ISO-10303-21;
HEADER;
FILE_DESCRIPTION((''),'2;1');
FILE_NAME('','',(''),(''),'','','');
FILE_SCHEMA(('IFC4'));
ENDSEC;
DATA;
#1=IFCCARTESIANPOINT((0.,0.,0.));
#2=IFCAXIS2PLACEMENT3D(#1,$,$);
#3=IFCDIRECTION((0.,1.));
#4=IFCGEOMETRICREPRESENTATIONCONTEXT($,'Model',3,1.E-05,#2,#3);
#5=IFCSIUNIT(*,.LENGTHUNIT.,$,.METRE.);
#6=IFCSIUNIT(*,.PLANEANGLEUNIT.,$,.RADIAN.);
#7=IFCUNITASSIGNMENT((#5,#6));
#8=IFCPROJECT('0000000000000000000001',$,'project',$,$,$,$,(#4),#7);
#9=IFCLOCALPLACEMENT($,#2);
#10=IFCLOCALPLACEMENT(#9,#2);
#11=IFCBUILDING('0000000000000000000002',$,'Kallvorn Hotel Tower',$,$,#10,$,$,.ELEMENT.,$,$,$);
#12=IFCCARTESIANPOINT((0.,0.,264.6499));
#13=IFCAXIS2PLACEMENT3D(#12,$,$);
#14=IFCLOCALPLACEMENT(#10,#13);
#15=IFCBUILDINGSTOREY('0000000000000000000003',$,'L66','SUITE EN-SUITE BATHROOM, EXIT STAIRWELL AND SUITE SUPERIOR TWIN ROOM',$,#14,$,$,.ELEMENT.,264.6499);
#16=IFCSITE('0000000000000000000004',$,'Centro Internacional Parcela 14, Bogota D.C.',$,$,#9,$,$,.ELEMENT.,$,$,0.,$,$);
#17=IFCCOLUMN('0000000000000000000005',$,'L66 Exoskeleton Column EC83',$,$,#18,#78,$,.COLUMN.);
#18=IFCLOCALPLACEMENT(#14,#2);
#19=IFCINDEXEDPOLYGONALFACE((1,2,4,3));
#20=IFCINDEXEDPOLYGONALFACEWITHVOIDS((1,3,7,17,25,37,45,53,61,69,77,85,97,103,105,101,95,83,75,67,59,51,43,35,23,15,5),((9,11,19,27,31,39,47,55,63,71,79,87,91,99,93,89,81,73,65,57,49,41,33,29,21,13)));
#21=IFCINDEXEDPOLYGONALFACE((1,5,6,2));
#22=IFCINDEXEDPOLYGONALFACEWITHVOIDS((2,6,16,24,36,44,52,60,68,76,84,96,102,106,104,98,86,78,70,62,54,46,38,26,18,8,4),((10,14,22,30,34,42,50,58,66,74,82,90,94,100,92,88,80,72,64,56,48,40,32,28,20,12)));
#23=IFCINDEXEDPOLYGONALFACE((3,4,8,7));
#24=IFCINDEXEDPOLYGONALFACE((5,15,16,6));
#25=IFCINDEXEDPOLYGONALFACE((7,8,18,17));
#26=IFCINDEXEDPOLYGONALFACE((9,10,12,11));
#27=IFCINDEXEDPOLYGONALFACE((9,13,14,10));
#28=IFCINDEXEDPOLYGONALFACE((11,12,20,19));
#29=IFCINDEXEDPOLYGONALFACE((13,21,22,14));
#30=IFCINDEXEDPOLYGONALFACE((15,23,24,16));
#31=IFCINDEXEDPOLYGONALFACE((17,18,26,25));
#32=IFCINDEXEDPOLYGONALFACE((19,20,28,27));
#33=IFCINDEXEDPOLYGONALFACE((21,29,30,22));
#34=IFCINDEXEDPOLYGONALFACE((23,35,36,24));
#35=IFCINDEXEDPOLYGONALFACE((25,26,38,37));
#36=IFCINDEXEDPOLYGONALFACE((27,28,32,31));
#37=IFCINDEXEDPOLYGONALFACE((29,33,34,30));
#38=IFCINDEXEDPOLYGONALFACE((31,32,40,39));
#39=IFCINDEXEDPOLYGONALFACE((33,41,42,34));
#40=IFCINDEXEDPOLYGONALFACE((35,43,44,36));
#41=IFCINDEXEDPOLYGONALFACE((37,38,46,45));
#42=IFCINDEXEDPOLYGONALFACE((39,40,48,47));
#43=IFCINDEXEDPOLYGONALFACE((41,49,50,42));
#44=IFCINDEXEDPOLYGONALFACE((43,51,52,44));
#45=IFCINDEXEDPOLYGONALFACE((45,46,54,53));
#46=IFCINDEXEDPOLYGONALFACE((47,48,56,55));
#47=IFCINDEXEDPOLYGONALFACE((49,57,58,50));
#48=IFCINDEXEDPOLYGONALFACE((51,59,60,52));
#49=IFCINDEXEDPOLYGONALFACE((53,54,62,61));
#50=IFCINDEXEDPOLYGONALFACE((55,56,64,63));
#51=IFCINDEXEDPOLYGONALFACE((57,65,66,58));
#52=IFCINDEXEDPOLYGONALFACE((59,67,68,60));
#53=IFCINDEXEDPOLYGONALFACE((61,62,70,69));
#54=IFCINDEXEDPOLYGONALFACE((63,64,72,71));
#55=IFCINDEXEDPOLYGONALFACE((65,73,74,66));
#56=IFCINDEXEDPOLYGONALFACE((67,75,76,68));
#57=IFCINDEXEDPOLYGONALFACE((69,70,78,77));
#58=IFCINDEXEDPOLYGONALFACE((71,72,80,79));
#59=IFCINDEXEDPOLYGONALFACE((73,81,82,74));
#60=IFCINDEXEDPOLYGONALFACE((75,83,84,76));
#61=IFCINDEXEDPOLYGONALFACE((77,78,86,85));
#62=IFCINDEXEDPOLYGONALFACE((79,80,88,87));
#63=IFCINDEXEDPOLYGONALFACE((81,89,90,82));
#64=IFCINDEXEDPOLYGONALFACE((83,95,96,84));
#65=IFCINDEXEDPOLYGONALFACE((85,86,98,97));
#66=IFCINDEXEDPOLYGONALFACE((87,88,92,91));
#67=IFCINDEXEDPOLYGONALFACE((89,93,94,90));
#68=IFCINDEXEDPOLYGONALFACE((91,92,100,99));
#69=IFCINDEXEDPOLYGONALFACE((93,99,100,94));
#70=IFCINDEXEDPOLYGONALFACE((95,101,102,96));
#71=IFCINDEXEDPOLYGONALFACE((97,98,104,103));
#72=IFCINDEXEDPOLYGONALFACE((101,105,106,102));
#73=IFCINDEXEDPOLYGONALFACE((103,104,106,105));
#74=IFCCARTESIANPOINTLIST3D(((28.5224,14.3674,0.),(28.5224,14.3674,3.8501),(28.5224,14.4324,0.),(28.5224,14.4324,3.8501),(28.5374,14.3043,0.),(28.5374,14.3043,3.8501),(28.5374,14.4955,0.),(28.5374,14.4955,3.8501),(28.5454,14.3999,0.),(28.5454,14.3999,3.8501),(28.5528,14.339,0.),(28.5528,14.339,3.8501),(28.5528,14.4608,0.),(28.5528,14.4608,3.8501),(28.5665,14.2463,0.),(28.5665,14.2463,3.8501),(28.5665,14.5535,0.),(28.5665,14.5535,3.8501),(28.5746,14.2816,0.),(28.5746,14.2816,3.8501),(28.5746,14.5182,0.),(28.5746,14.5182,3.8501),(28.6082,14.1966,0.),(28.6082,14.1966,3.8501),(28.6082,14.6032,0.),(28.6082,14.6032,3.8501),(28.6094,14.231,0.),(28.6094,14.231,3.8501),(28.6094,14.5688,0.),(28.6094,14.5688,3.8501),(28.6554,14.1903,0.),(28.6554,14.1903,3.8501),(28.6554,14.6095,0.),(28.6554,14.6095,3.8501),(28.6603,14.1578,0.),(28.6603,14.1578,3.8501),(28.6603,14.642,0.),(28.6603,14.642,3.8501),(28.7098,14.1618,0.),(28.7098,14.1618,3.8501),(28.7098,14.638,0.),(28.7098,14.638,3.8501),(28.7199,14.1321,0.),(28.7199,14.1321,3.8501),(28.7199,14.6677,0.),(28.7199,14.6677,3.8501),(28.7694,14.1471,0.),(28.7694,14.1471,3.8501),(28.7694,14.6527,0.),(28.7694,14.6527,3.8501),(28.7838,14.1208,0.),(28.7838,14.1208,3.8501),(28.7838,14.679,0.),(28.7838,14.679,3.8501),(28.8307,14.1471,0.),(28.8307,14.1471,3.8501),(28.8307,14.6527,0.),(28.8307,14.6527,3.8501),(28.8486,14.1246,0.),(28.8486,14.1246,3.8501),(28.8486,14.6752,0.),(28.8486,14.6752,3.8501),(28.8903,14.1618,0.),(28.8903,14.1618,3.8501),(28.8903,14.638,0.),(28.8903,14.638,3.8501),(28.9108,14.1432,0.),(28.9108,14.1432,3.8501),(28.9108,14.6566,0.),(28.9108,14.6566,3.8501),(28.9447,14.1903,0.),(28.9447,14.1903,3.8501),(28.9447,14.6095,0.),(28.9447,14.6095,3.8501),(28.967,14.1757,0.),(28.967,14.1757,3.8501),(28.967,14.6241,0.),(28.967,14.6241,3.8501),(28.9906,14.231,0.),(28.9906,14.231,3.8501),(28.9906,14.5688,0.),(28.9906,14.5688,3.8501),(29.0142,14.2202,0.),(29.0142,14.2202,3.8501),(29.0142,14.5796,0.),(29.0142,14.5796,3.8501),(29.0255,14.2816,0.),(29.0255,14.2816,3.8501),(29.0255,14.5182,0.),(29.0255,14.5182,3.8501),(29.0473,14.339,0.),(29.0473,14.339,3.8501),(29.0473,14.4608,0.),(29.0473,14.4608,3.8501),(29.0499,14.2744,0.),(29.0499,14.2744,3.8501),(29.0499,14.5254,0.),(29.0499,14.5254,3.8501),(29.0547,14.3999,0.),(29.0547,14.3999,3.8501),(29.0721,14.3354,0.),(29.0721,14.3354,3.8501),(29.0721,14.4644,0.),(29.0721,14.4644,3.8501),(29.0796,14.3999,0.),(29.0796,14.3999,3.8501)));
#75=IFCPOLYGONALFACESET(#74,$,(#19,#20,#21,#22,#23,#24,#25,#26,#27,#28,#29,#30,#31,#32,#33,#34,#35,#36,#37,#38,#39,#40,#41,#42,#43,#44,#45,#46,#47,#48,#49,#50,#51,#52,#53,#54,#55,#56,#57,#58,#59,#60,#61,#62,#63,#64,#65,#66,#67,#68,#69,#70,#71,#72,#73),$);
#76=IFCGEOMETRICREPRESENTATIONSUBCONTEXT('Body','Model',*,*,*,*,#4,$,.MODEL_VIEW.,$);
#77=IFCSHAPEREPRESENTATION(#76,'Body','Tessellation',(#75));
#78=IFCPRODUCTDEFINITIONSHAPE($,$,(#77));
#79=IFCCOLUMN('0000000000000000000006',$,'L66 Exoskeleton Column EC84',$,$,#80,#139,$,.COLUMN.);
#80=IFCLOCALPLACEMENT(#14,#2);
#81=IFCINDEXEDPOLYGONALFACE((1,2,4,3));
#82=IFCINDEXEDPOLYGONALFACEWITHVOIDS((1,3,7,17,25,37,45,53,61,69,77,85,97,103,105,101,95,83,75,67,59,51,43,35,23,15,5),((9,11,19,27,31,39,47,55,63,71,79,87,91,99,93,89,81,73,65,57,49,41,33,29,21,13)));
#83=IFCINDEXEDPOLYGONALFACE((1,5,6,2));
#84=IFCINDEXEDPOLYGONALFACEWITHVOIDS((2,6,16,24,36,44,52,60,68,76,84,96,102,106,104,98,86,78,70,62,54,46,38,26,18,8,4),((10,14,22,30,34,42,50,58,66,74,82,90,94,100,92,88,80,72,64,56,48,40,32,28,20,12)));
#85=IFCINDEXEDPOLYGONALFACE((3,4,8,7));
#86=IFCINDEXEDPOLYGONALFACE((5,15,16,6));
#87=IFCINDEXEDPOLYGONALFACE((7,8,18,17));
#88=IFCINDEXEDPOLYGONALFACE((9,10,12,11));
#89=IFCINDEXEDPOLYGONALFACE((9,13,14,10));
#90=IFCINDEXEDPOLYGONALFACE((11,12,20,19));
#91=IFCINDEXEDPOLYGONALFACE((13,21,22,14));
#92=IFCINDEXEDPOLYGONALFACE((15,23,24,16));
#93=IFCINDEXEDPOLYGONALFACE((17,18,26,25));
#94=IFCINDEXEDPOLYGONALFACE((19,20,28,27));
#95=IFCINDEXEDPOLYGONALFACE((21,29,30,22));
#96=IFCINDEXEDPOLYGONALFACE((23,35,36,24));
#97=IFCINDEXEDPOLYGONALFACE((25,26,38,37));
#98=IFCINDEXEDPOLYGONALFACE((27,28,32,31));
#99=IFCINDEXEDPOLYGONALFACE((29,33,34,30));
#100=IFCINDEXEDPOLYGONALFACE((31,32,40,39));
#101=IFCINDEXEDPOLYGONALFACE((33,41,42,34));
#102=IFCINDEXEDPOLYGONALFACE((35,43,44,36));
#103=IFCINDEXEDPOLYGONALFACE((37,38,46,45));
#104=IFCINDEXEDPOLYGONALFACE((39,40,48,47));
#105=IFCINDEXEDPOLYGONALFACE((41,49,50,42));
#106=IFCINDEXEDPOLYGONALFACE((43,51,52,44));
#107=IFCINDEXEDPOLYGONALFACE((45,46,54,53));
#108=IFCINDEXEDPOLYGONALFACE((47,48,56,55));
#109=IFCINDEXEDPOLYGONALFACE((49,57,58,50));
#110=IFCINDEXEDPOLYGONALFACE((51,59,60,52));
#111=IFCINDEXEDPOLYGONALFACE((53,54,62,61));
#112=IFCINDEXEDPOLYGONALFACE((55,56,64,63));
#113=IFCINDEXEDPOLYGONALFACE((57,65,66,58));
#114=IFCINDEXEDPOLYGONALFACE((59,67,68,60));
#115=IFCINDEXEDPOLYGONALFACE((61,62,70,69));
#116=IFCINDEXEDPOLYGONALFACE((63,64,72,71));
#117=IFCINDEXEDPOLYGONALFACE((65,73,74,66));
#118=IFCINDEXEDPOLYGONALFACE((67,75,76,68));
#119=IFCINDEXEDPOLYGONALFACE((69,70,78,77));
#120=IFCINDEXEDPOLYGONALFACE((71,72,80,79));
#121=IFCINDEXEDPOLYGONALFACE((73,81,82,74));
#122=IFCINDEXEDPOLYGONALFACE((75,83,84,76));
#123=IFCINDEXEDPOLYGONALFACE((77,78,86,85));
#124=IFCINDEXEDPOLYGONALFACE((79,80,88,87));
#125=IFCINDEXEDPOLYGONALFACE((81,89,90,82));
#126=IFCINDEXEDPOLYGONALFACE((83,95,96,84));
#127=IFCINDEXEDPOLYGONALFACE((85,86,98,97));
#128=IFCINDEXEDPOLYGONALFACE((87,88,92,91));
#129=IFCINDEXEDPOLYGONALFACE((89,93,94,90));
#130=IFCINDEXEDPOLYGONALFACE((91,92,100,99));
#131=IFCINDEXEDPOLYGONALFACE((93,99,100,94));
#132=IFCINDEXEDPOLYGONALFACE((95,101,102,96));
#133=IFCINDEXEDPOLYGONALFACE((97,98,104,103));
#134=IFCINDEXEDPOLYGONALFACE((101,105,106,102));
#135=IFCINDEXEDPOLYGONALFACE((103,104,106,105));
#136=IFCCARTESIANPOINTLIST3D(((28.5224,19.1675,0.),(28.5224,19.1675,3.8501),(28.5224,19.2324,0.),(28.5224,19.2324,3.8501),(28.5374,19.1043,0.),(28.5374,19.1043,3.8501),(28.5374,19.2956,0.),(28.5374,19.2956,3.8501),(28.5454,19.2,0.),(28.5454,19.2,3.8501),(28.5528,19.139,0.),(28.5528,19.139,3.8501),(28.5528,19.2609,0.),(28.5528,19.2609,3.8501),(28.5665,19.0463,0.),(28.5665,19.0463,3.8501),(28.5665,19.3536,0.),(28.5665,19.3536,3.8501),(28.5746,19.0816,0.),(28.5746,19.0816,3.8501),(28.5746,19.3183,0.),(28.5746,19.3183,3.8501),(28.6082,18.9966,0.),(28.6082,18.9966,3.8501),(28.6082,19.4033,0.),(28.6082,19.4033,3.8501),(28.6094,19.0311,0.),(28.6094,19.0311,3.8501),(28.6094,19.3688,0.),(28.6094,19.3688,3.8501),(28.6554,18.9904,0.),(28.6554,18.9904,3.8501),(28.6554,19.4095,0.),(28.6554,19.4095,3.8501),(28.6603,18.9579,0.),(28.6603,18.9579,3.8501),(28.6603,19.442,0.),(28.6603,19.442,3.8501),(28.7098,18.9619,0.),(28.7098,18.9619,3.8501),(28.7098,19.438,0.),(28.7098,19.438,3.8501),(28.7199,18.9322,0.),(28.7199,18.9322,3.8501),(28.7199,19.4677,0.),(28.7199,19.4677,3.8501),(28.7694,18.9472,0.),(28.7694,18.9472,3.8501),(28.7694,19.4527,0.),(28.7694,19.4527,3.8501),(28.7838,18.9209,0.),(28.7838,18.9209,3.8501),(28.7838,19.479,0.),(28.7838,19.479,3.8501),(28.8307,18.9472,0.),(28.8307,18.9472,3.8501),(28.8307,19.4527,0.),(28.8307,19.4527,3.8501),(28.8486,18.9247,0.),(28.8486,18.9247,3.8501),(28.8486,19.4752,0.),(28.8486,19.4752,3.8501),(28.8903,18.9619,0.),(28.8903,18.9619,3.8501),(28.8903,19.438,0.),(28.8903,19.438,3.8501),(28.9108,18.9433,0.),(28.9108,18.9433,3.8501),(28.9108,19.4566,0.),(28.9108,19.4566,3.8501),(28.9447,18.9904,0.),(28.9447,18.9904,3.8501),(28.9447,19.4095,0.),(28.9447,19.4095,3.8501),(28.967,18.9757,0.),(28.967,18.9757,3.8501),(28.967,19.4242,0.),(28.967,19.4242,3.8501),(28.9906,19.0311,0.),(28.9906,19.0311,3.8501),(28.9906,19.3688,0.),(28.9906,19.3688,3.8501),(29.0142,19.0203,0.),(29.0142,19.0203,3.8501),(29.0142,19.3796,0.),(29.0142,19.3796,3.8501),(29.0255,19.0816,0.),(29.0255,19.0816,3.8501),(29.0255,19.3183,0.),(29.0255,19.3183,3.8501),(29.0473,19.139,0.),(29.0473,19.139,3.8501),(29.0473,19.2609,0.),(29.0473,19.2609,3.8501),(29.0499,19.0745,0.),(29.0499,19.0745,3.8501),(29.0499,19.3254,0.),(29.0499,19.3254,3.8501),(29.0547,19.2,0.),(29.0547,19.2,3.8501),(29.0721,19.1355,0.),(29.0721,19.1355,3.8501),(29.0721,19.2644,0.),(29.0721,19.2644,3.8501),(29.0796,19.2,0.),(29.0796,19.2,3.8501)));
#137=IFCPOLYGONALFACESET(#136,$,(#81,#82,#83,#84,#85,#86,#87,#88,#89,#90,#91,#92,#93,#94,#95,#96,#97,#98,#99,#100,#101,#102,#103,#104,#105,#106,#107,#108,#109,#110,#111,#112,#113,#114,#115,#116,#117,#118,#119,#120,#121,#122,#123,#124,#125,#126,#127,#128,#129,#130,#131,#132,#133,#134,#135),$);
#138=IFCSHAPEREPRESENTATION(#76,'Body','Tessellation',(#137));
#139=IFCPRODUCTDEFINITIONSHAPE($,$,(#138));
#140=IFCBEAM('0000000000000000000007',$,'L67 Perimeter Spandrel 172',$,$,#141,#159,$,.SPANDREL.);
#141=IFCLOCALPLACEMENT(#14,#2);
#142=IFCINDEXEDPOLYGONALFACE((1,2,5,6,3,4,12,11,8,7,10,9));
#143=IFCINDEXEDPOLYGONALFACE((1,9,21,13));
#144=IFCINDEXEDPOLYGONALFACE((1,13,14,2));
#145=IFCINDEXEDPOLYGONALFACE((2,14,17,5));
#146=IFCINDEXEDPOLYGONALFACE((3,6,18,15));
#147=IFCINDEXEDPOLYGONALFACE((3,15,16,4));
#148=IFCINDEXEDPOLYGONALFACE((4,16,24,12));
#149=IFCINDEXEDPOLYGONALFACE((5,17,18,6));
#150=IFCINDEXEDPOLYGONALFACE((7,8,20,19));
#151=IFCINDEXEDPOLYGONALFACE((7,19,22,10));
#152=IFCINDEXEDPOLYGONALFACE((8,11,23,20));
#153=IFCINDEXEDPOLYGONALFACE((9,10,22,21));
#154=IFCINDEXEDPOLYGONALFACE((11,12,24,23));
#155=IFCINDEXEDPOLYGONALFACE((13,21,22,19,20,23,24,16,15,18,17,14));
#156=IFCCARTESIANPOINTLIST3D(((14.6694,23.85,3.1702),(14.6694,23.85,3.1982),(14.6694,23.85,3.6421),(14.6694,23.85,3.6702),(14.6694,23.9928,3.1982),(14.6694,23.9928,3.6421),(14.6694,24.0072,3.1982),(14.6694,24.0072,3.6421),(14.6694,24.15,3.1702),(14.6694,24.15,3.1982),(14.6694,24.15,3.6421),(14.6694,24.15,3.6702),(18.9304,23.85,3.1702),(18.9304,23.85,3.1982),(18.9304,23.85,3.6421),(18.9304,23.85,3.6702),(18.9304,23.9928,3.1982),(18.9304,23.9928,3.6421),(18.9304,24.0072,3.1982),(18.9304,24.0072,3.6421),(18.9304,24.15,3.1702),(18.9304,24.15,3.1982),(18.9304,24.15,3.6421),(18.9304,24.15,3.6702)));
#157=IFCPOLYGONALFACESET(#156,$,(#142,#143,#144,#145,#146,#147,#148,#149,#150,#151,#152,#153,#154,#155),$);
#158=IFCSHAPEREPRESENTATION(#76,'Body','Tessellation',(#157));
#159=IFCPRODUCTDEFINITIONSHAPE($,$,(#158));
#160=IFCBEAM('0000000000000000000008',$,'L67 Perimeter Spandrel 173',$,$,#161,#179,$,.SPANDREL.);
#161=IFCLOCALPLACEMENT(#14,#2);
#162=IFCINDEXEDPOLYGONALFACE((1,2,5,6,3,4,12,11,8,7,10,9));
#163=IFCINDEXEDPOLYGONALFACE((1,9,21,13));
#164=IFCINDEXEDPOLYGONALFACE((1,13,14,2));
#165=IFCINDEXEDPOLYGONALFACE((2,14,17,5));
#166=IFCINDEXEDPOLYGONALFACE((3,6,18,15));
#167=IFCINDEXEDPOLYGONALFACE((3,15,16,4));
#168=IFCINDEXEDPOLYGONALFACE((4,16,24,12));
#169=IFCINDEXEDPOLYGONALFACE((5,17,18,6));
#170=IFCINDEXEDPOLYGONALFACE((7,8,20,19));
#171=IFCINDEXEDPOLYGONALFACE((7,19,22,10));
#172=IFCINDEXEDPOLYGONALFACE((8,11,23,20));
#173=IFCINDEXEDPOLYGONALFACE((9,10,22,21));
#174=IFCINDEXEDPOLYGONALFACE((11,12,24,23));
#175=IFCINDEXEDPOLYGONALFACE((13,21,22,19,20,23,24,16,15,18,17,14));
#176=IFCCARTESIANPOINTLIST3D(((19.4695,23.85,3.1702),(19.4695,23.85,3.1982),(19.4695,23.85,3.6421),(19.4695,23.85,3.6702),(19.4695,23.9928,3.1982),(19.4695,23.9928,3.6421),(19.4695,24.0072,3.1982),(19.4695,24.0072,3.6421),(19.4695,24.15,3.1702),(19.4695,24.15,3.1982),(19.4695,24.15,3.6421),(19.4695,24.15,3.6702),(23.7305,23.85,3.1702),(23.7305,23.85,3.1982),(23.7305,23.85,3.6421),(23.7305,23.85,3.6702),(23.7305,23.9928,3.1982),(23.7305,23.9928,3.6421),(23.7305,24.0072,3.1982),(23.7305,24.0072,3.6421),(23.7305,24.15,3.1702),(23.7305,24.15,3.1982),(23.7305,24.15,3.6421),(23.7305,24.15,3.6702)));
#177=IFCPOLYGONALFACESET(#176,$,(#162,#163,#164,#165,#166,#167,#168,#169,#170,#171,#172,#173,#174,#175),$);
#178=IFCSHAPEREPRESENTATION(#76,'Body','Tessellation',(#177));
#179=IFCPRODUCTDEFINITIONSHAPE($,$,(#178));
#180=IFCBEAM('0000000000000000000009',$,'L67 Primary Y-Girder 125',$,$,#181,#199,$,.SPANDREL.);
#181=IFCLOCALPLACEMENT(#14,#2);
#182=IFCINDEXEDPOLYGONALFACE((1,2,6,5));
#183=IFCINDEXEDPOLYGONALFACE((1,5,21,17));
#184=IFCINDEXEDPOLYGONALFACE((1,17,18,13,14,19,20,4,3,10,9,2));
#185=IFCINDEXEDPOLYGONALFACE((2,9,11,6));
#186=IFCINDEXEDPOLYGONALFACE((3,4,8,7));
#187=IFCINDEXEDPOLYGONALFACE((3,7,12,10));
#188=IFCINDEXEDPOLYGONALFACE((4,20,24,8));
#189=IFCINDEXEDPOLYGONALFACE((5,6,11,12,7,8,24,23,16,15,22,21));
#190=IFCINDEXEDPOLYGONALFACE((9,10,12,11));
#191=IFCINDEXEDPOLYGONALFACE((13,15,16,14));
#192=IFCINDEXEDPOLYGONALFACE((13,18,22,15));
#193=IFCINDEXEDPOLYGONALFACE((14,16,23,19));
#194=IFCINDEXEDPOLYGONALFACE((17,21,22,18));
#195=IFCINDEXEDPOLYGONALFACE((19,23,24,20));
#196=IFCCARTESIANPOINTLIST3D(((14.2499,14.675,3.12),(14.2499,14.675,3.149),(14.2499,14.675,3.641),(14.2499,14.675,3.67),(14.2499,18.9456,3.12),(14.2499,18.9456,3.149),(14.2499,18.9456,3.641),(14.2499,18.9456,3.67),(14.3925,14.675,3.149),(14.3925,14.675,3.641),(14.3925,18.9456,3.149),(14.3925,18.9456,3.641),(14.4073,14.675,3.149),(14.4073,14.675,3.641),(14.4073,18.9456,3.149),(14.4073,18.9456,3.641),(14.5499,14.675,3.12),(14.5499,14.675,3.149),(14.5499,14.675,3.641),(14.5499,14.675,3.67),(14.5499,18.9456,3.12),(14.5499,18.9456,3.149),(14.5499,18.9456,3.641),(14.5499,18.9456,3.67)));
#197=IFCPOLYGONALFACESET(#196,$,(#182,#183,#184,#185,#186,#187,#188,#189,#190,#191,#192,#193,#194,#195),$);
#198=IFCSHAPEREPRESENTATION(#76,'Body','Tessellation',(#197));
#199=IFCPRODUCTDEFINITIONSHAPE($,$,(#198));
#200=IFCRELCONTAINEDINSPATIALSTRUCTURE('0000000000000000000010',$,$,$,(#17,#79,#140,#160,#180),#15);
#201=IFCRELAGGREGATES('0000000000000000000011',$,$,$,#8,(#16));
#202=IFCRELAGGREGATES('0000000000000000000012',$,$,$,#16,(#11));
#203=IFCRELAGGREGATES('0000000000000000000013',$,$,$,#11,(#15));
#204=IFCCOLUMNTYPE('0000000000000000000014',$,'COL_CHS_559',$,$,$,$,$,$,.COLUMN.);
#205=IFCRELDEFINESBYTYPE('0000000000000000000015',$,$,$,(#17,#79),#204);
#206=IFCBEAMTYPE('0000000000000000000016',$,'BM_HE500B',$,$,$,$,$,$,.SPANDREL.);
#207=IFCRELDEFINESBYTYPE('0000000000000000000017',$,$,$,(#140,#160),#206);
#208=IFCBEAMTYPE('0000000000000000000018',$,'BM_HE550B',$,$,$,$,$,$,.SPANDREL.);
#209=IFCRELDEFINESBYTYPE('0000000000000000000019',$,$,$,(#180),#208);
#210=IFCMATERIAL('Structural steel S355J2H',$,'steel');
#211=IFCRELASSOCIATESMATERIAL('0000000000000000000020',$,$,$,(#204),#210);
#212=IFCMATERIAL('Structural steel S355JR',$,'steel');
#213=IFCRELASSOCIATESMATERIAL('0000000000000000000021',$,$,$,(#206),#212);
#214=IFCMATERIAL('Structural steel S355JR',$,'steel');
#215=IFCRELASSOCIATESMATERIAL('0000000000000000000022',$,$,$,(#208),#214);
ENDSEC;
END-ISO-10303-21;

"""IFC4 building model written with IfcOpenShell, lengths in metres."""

from ifc_helpers import new_model, si_unit, direction, frame, origin, origin_2d, place, context, subcontext, project, spatial, hollow_circle, i_section, extrude, material, material_profile, profile_set, type_object, element, save


model = new_model("IFC4")

# Units and contexts
model_context = context("Model", 3, precision=1e-05, world=origin(), true_north=direction((0.0, 1.0)))
body_context = subcontext(model_context, "Body", "Model", "MODEL_VIEW")
ifc_project = project(units=[si_unit("LENGTHUNIT", "METRE"), si_unit("PLANEANGLEUNIT", "RADIAN")], contexts=[model_context])

# Site, building, storey
site_placement = place(None, origin())
site = spatial("IfcSite", under=ifc_project, at=site_placement, Name="Centro Internacional Parcela 14, Bogota D.C.", CompositionType="ELEMENT", RefElevation=0.0)
building_placement = place(site_placement, origin())
building = spatial("IfcBuilding", under=site, at=building_placement, Name="Kallvorn Hotel Tower", CompositionType="ELEMENT")
storey_placement = place(building_placement, frame((0.0, 0.0, 264.6499)))
storey = spatial("IfcBuildingStorey", under=building, at=storey_placement, Name="L66", Description="SUITE EN-SUITE BATHROOM, EXIT STAIRWELL AND SUITE SUPERIOR TWIN ROOM", CompositionType="ELEMENT", Elevation=264.6499)

# Columns
ifc_material_1 = material(Name="Structural steel S355J2H", Category="steel")
ifc_material_profile_1 = material_profile(ifc_material_1, hollow_circle(Radius=0.2795, WallThickness=0.0249, at=origin_2d()), Name="CHS 559x25")
ifc_profile_set_1 = profile_set([ifc_material_profile_1], Name="Structural steel S355J2H")
column_type = type_object("IfcColumnType", Name="COL_CHS_559", PredefinedType="COLUMN", material=ifc_profile_set_1)
for number, where, z_axis, x_axis, name in (
    (1, (28.8, 14.3999, 0.0), (0.0, 0.0, 1.0), (1.0, 0.0, 0.0), "L66 Exoskeleton Column EC83"),
    (2, (28.8, 19.2, 0.0), (0.0, 0.0, 1.0), (1.0, 0.0, 0.0), "L66 Exoskeleton Column EC84"),
):
    element("IfcColumn", number, at=place(storey_placement, frame(where, z_axis=z_axis, x_axis=x_axis)), inside=storey, type_object=column_type, Name=name, PredefinedType="COLUMN", context=body_context, shape_type="SweptSolid", body=[
        extrude(hollow_circle(Radius=0.2795, WallThickness=0.0249, at=origin_2d()), origin(), (0.0, 0.0, 1.0), 3.8501),
    ])

# Beams
ifc_material_2 = material(Name="Structural steel S355JR", Category="steel")
ifc_material_profile_2 = material_profile(ifc_material_2, i_section(OverallWidth=0.3, OverallDepth=0.5, WebThickness=0.0144, FlangeThickness=0.0281, at=origin_2d()), Name="HE 500 B")
ifc_profile_set_2 = profile_set([ifc_material_profile_2], Name="Structural steel S355JR")
beam_type_1 = type_object("IfcBeamType", Name="BM_HE500B", PredefinedType="SPANDREL", material=ifc_profile_set_2)
for number, where, z_axis, x_axis, name in (
    (3, (14.6694, 24.0, 3.4202), (1.0, 0.0, 0.0), (0.0, 1.0, 0.0), "L67 Perimeter Spandrel 172"),
    (4, (19.4695, 24.0, 3.4202), (1.0, 0.0, 0.0), (0.0, 1.0, 0.0), "L67 Perimeter Spandrel 173"),
):
    element("IfcBeam", number, at=place(storey_placement, frame(where, z_axis=z_axis, x_axis=x_axis)), inside=storey, type_object=beam_type_1, Name=name, PredefinedType="SPANDREL", context=body_context, shape_type="SweptSolid", body=[
        extrude(i_section(OverallWidth=0.3, OverallDepth=0.5, WebThickness=0.0144, FlangeThickness=0.0281, at=origin_2d()), origin(), (0.0, 0.0, 1.0), 4.261),
    ])
ifc_material_3 = material(Name="Structural steel S355JR", Category="steel")
ifc_material_profile_3 = material_profile(ifc_material_3, i_section(OverallWidth=0.3, OverallDepth=0.55, WebThickness=0.0149, FlangeThickness=0.0291, at=origin_2d()), Name="HE 550 B")
ifc_profile_set_3 = profile_set([ifc_material_profile_3], Name="Structural steel S355JR")
beam_type_2 = type_object("IfcBeamType", Name="BM_HE550B", PredefinedType="SPANDREL", material=ifc_profile_set_3)
beam_1_placement = place(storey_placement, frame((14.3999, 14.675, 3.395), z_axis=(0.0, 1.0, 0.0), x_axis=(-1.0, 0.0, 0.0)))
element("IfcBeam", 5, at=beam_1_placement, inside=storey, type_object=beam_type_2, Name="L67 Primary Y-Girder 125", PredefinedType="SPANDREL", context=body_context, shape_type="SweptSolid", body=[
    extrude(i_section(OverallWidth=0.3, OverallDepth=0.55, WebThickness=0.0149, FlangeThickness=0.0291, at=origin_2d()), origin(), (0.0, 0.0, 1.0), 4.2705),
])

save(model, "model.ifc")
